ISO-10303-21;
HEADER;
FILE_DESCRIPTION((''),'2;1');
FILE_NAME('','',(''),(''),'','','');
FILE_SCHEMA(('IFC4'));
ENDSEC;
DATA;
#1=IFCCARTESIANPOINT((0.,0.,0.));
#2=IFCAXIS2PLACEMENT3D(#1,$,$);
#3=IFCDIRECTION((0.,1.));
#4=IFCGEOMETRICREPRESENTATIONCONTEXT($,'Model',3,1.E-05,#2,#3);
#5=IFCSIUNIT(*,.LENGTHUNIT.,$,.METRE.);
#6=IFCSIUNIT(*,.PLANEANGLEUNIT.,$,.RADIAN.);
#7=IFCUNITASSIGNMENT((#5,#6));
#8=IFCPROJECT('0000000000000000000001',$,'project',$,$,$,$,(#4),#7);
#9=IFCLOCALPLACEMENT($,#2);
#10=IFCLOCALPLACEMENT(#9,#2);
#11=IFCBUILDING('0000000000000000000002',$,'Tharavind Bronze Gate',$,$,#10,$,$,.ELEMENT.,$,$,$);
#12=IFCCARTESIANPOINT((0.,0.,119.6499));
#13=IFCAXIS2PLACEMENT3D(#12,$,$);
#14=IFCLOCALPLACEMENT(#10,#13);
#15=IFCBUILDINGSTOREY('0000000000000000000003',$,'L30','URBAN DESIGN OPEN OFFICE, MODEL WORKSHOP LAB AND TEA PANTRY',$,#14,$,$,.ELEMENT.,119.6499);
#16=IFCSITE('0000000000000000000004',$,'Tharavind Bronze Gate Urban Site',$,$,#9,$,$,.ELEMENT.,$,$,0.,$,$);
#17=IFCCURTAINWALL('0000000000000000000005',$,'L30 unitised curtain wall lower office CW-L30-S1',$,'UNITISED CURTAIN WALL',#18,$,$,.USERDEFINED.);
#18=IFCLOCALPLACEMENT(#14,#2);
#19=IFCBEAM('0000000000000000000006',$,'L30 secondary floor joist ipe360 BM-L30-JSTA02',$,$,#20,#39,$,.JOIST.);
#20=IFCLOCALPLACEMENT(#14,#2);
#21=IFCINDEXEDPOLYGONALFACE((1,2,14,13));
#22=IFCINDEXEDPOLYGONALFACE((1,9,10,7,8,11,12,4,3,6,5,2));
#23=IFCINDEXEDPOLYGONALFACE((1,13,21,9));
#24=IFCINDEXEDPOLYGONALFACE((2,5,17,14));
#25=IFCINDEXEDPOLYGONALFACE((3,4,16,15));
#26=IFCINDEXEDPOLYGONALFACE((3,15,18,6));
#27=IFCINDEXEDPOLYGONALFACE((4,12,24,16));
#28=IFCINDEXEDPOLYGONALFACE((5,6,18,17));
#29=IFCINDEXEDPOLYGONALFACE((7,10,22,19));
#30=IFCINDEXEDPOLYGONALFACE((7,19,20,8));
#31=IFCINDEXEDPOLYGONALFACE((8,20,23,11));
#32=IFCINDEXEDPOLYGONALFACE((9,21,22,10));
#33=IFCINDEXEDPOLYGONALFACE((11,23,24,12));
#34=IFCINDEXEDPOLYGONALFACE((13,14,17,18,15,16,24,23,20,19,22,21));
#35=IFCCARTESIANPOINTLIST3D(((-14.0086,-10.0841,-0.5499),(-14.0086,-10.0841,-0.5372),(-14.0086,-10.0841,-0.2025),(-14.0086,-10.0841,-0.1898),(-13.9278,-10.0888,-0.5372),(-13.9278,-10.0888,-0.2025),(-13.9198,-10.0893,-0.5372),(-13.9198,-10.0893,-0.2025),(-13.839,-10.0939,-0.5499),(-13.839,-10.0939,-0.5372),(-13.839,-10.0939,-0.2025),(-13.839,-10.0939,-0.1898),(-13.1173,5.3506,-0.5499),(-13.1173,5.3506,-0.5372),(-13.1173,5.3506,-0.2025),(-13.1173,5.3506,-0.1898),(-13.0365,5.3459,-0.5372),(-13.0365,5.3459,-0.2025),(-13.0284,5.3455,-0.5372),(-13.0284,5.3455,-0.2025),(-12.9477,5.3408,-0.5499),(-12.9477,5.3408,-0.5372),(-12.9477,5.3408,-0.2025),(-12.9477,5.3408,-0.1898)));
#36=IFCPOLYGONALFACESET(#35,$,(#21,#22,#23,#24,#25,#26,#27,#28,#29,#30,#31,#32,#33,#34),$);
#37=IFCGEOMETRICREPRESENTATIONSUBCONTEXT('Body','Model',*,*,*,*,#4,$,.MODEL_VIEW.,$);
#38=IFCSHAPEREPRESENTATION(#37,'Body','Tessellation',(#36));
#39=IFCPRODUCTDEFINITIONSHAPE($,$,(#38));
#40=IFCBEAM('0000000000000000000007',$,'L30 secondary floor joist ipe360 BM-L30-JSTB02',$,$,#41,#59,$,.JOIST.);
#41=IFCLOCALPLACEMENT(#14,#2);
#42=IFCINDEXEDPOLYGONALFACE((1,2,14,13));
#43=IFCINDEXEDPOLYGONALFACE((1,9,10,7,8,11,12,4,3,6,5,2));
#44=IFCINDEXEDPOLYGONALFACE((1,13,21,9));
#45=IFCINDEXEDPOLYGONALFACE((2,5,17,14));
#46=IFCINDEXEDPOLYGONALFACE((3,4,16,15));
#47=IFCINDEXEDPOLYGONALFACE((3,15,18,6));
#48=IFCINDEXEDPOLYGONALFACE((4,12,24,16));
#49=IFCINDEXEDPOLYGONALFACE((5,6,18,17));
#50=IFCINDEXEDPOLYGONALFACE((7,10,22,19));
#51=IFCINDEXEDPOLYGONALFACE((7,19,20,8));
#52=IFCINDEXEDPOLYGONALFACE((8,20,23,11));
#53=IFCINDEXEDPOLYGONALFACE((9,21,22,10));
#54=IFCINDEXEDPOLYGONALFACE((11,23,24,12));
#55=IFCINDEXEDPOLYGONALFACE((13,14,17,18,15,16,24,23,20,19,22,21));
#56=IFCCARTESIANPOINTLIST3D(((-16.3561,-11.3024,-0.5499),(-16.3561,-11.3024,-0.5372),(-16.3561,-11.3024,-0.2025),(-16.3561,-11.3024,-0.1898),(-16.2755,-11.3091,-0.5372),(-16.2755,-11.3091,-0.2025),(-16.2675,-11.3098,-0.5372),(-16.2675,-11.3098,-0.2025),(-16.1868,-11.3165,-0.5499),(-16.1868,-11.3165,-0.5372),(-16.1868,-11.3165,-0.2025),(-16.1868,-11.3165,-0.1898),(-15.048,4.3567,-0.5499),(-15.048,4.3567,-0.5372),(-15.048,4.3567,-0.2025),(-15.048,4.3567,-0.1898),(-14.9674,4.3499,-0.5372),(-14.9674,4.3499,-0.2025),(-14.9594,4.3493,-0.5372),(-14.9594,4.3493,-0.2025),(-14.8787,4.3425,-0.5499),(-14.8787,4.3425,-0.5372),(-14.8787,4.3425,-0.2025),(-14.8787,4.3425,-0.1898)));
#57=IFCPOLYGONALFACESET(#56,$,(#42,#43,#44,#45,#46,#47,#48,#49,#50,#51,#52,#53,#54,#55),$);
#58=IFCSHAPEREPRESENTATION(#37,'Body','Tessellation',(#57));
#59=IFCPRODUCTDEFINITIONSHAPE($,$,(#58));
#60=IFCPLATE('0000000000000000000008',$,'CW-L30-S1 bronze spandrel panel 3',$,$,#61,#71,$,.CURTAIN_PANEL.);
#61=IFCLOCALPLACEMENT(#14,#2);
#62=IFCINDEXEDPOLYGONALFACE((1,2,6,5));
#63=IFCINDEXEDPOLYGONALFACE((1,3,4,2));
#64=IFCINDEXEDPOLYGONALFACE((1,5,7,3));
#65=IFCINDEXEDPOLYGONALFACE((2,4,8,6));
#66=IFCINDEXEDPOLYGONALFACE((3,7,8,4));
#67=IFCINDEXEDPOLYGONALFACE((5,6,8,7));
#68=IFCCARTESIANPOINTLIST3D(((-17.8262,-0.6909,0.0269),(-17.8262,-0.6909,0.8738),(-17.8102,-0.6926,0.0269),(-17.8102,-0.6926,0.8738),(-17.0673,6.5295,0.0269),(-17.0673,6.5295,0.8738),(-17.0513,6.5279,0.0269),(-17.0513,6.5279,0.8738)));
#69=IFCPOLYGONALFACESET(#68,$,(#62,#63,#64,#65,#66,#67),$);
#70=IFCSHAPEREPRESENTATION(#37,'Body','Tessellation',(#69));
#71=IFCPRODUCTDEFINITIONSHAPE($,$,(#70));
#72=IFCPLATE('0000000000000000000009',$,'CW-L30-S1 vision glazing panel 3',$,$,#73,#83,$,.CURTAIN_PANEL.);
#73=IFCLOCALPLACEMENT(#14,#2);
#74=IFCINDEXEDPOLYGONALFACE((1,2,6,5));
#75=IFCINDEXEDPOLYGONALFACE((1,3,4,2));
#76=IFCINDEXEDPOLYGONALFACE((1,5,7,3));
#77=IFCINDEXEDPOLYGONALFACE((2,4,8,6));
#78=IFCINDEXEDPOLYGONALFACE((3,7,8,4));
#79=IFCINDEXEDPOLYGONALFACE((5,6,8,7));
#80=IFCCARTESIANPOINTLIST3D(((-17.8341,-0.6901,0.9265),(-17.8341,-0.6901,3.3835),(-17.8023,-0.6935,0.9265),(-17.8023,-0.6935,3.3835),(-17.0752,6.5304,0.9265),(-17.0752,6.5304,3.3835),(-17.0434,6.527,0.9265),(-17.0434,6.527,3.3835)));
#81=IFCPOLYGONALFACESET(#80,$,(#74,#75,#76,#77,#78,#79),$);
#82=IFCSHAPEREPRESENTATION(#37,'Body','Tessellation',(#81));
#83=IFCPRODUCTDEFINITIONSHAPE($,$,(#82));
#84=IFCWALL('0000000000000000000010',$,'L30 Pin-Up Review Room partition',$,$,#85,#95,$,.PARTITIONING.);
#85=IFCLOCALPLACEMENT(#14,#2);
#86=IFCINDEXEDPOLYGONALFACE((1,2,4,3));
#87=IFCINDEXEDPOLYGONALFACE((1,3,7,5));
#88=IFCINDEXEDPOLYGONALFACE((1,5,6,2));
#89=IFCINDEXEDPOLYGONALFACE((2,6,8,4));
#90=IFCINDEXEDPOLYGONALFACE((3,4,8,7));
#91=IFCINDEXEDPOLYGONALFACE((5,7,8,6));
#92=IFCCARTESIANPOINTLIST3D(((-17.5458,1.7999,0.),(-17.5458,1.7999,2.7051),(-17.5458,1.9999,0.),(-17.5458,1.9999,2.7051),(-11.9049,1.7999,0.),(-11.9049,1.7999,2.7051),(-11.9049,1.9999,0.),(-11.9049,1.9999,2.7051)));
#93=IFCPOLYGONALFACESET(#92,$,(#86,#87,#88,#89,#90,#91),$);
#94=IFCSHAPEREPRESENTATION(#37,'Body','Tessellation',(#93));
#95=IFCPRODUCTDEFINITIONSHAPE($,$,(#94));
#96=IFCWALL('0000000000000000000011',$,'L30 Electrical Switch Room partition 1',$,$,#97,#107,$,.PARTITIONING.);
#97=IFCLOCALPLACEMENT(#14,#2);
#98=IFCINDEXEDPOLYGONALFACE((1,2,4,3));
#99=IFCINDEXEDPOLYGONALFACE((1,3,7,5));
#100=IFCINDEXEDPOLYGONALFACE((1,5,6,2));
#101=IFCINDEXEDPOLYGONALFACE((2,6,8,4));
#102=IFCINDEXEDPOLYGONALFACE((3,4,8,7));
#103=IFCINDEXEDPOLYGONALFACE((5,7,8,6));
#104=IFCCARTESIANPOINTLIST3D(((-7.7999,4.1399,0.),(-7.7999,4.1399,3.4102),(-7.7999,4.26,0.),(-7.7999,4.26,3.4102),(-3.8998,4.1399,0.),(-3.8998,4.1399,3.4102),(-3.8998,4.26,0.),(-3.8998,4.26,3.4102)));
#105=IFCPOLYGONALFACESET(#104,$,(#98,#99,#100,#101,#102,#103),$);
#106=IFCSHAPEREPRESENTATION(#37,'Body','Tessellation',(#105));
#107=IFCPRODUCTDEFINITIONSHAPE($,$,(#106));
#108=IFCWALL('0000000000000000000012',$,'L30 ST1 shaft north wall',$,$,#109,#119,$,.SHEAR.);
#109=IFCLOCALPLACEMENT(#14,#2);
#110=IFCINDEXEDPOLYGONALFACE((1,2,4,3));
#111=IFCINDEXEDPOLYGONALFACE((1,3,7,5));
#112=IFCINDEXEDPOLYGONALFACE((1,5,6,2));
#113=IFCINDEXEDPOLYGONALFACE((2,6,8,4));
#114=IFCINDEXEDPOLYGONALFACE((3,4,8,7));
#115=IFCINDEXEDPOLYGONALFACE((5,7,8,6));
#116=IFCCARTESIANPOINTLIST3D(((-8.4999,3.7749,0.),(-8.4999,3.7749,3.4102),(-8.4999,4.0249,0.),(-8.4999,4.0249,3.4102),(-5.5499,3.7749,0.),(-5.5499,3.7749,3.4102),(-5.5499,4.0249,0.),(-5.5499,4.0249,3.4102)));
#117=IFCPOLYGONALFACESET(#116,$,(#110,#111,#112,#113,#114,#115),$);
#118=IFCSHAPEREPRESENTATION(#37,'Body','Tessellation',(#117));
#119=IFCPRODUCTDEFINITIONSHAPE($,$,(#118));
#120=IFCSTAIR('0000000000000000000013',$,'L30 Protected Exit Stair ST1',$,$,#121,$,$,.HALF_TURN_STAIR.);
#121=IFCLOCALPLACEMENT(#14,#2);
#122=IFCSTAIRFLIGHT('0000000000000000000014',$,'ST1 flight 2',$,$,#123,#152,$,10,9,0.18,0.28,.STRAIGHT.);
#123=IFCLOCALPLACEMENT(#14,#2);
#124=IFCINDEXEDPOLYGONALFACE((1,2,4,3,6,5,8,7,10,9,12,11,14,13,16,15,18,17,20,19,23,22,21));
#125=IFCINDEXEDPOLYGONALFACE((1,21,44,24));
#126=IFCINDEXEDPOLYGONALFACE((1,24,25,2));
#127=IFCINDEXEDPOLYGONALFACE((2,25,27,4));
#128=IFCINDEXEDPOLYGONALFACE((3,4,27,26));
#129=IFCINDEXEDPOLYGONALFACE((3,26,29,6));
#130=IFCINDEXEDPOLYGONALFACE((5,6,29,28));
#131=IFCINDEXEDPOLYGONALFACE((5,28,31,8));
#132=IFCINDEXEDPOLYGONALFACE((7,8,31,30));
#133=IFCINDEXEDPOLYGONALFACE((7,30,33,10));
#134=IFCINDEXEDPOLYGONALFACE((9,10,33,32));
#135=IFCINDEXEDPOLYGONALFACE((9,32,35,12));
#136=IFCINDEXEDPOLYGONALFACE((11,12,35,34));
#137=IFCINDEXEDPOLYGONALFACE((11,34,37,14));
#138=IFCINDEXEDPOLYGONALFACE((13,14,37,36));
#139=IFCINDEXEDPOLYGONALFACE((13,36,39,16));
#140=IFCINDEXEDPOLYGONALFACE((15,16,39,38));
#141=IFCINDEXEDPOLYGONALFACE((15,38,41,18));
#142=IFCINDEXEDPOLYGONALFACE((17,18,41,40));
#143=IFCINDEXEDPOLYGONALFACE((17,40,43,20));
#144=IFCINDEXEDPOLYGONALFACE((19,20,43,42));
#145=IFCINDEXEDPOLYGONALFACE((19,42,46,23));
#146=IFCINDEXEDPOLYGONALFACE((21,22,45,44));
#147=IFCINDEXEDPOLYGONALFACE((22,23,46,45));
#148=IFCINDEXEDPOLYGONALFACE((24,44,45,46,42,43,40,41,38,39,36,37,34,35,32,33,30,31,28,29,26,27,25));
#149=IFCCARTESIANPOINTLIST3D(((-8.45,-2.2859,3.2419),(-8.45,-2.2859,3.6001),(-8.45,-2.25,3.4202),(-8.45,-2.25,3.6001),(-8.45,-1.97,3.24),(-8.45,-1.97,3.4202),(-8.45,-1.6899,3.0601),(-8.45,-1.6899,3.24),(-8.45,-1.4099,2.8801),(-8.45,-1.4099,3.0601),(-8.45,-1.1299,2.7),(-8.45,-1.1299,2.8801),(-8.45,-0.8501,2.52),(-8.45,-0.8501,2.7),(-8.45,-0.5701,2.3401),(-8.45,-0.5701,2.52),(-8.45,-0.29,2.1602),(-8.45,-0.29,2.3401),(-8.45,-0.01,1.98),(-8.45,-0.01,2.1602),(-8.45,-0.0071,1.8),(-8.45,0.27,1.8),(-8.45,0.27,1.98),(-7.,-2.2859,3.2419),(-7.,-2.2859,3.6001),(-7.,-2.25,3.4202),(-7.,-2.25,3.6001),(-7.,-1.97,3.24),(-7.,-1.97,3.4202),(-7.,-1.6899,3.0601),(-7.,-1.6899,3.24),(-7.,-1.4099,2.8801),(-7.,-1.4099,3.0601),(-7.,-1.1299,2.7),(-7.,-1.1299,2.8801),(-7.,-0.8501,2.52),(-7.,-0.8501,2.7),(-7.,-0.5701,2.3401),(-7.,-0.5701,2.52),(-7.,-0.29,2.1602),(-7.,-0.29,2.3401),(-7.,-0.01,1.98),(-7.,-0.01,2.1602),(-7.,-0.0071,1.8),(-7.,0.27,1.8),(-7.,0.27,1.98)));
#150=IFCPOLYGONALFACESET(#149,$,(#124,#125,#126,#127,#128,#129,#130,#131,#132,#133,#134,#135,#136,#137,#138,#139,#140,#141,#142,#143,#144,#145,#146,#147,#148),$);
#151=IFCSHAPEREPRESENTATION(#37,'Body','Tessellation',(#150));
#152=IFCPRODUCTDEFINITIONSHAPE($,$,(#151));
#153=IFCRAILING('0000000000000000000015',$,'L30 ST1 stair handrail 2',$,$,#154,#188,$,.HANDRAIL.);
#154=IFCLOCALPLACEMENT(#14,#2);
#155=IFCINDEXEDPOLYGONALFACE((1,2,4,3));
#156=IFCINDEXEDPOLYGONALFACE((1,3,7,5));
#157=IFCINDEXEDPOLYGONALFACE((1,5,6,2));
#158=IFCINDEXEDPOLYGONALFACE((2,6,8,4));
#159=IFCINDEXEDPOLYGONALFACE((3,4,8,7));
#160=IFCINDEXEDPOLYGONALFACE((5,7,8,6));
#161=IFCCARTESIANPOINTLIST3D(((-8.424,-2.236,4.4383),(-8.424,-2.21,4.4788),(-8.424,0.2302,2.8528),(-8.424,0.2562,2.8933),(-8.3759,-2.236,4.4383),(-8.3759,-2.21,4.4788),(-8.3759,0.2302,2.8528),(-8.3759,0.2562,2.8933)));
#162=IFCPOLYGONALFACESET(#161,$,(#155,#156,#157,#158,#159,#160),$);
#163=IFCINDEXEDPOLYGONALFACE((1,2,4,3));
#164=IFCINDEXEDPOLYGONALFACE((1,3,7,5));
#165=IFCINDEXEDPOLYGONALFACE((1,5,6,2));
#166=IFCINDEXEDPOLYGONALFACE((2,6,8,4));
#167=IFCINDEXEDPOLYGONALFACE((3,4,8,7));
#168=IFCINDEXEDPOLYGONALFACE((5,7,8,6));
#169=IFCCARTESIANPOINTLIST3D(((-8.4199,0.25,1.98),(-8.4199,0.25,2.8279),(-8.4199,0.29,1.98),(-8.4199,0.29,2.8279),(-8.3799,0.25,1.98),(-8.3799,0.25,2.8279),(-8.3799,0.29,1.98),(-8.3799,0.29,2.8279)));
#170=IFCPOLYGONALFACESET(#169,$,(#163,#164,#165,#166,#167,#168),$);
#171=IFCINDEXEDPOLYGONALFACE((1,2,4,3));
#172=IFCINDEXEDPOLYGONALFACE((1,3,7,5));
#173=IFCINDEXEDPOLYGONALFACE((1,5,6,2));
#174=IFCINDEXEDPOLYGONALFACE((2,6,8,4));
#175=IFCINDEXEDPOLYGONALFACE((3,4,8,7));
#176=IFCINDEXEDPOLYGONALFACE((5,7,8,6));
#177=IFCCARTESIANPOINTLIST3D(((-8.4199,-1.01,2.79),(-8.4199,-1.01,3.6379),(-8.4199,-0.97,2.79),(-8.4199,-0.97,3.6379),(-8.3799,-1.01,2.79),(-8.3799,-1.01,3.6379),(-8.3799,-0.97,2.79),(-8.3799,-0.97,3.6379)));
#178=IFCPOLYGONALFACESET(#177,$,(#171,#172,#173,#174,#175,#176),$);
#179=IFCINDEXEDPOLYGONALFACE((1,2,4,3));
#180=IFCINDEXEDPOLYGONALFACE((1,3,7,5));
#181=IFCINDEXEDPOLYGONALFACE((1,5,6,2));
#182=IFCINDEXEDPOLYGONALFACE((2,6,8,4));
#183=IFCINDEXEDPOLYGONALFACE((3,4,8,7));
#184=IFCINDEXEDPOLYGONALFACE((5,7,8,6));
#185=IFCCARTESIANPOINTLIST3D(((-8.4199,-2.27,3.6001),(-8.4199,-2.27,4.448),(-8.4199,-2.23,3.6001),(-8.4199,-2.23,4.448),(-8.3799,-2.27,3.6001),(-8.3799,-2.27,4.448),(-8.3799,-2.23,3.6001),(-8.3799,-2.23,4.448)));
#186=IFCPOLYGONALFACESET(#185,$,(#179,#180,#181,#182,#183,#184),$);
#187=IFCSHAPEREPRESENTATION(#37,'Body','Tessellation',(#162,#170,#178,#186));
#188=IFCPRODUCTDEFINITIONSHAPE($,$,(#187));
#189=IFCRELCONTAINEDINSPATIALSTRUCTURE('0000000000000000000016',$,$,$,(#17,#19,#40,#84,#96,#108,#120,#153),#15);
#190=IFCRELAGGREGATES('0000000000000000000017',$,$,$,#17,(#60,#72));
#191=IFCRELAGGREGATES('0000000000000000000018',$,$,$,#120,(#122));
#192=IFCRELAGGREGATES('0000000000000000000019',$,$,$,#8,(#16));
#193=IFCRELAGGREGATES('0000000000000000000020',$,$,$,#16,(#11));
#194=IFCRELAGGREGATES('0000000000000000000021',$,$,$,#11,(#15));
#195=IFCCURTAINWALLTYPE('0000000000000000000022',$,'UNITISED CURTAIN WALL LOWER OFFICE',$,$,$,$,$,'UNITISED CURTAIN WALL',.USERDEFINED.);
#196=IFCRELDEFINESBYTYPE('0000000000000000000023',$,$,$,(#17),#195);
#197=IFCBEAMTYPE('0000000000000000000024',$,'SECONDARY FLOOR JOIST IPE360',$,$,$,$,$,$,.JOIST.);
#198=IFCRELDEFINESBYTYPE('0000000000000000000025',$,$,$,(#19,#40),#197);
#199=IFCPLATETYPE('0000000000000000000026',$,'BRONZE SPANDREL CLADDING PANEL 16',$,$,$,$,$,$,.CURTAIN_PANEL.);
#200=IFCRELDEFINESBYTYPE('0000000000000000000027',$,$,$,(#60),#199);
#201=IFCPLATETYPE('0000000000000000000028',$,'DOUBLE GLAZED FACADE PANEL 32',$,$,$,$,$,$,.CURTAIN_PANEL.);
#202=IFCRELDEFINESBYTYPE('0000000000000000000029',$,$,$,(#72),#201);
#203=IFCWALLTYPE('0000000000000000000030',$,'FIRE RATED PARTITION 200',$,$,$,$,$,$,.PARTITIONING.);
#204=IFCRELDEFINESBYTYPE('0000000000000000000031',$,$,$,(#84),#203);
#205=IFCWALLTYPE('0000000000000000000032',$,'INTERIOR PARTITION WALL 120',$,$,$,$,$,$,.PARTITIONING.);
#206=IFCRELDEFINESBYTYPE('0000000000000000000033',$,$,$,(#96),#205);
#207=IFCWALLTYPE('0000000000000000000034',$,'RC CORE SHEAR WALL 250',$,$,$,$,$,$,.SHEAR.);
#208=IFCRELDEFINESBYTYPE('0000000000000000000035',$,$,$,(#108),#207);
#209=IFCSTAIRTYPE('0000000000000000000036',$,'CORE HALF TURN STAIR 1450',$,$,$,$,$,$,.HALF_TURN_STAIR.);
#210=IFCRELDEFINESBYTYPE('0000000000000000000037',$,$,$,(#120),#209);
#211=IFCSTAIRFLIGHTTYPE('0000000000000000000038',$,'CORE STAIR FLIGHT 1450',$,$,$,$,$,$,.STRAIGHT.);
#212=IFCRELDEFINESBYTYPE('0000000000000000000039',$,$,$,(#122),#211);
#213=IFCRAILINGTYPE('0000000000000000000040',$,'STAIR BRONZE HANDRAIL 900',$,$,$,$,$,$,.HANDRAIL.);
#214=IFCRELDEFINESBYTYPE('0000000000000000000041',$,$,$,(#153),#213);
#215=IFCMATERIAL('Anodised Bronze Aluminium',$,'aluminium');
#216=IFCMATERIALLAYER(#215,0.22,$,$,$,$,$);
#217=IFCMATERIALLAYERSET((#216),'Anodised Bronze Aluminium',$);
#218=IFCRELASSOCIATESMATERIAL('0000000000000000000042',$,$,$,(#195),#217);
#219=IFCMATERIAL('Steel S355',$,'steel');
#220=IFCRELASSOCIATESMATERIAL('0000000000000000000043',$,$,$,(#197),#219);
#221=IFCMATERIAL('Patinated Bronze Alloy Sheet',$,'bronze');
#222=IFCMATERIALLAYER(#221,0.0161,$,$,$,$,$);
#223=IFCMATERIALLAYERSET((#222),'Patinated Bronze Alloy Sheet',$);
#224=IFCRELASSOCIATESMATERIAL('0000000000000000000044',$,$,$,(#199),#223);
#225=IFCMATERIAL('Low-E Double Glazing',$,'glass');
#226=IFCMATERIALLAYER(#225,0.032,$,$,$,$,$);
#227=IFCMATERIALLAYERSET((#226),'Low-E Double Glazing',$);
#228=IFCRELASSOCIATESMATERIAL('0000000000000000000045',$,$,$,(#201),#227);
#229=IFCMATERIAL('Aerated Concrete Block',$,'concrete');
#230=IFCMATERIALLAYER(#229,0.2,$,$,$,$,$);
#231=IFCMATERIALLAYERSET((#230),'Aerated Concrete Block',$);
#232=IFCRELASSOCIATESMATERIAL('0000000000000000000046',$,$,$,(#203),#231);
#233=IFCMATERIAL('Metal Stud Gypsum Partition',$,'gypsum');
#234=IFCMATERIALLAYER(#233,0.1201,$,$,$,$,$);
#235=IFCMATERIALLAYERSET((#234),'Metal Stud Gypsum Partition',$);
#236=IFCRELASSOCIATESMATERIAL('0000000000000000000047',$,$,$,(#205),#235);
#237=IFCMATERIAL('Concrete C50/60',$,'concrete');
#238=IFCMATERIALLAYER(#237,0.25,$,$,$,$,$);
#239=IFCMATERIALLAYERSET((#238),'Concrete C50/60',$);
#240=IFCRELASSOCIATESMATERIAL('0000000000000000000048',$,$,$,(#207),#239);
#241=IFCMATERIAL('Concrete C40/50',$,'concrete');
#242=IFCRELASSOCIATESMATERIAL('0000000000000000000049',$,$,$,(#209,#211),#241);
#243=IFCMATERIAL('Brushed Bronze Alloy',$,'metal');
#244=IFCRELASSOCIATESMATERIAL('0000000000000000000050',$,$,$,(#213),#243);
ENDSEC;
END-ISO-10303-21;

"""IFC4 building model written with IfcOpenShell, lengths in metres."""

from ifc_helpers import new_model, si_unit, direction, frame, frame_2d, origin, origin_2d, place, context, subcontext, project, spatial, polyline, rectangle, i_section, outline, extrude, material, layer, layer_set, material_profile, profile_set, type_object, element, aggregate, save


model = new_model("IFC4")

# Units and contexts
model_context = context("Model", 3, precision=1e-05, world=origin(), true_north=direction((0.0, 1.0)))
body_context = subcontext(model_context, "Body", "Model", "MODEL_VIEW")
ifc_project = project(units=[si_unit("LENGTHUNIT", "METRE"), si_unit("PLANEANGLEUNIT", "RADIAN")], contexts=[model_context])

# Site, building, storey
site_placement = place(None, origin())
site = spatial("IfcSite", under=ifc_project, at=site_placement, Name="Tharavind Bronze Gate Urban Site", CompositionType="ELEMENT", RefElevation=0.0)
building_placement = place(site_placement, origin())
building = spatial("IfcBuilding", under=site, at=building_placement, Name="Tharavind Bronze Gate", CompositionType="ELEMENT")
storey_placement = place(building_placement, frame((0.0, 0.0, 119.6499)))
storey = spatial("IfcBuildingStorey", under=building, at=storey_placement, Name="L30", Description="URBAN DESIGN OPEN OFFICE, MODEL WORKSHOP LAB AND TEA PANTRY", CompositionType="ELEMENT", Elevation=119.6499)

# Curtain wall
ifc_material_1 = material(Name="Anodised Bronze Aluminium", Category="aluminium")
ifc_layer_1 = layer(ifc_material_1, 0.22)
ifc_layer_set_1 = layer_set([ifc_layer_1], Name="Anodised Bronze Aluminium")
curtain_wall_type = type_object("IfcCurtainWallType", Name="UNITISED CURTAIN WALL LOWER OFFICE", ElementType="UNITISED CURTAIN WALL", PredefinedType="USERDEFINED", material=ifc_layer_set_1)
curtain_wall_placement = place(storey_placement, origin())
curtain_wall = element("IfcCurtainWall", 1, at=curtain_wall_placement, inside=storey, type_object=curtain_wall_type, Name="L30 unitised curtain wall lower office CW-L30-S1", ObjectType="UNITISED CURTAIN WALL", PredefinedType="USERDEFINED")

# Beams
ifc_material_2 = material(Name="Steel S355", Category="steel")
ifc_material_profile_1 = material_profile(ifc_material_2, i_section(OverallWidth=0.1699, OverallDepth=0.3601, WebThickness=0.0081, FlangeThickness=0.0127, at=origin_2d()), Name="IPE360")
ifc_profile_set_1 = profile_set([ifc_material_profile_1], Name="Steel S355")
beam_type_1 = type_object("IfcBeamType", Name="SECONDARY FLOOR JOIST IPE360", PredefinedType="JOIST", material=ifc_profile_set_1)
beam_1_placement = place(storey_placement, frame((-13.0325, 5.3457, -0.3699), z_axis=(-0.057654, -0.998337, 0.0), x_axis=(0.998337, -0.057654, 0.0)))
element("IfcBeam", 2, at=beam_1_placement, inside=storey, type_object=beam_type_1, Name="L30 secondary floor joist ipe360 BM-L30-JSTA02", PredefinedType="JOIST", context=body_context, shape_type="SweptSolid", body=[
    extrude(i_section(OverallWidth=0.1699, OverallDepth=0.3601, WebThickness=0.0081, FlangeThickness=0.0127, at=origin_2d()), origin(), (0.0, 0.0, 1.0), 15.4604),
])
beam_2_placement = place(storey_placement, frame((-14.9634, 4.3496, -0.3699), z_axis=(-0.083246, -0.996529, 0.0), x_axis=(0.996529, -0.083246, 0.0)))
element("IfcBeam", 3, at=beam_2_placement, inside=storey, type_object=beam_type_1, Name="L30 secondary floor joist ipe360 BM-L30-JSTB02", PredefinedType="JOIST", context=body_context, shape_type="SweptSolid", body=[
    extrude(i_section(OverallWidth=0.1699, OverallDepth=0.3601, WebThickness=0.0081, FlangeThickness=0.0127, at=origin_2d()), origin(), (0.0, 0.0, 1.0), 15.7136),
])

# Plates
ifc_material_3 = material(Name="Patinated Bronze Alloy Sheet", Category="bronze")
ifc_layer_2 = layer(ifc_material_3, 0.0161)
ifc_layer_set_2 = layer_set([ifc_layer_2], Name="Patinated Bronze Alloy Sheet")
plate_type_1 = type_object("IfcPlateType", Name="BRONZE SPANDREL CLADDING PANEL 16", PredefinedType="CURTAIN_PANEL", material=ifc_layer_set_2)
plate_1_placement = place(storey_placement, frame((-17.4387, 2.9185, 0.0269), z_axis=(0.0, 0.0, 1.0), x_axis=(-0.104527, -0.994522, 0.0)))
plate_1 = element("IfcPlate", 4, at=plate_1_placement, type_object=plate_type_1, Name="CW-L30-S1 bronze spandrel panel 3", PredefinedType="CURTAIN_PANEL", context=body_context, shape_type="SweptSolid", body=[
    extrude(rectangle(XDim=7.2603, YDim=0.0161, at=origin_2d()), origin(), (0.0, 0.0, 1.0), 0.8469),
])
ifc_material_4 = material(Name="Low-E Double Glazing", Category="glass")
ifc_layer_3 = layer(ifc_material_4, 0.032)
ifc_layer_set_3 = layer_set([ifc_layer_3], Name="Low-E Double Glazing")
plate_type_2 = type_object("IfcPlateType", Name="DOUBLE GLAZED FACADE PANEL 32", PredefinedType="CURTAIN_PANEL", material=ifc_layer_set_3)
plate_2_placement = place(storey_placement, frame((-17.4387, 2.9185, 0.9265), z_axis=(0.0, 0.0, 1.0), x_axis=(-0.104527, -0.994522, 0.0)))
plate_2 = element("IfcPlate", 5, at=plate_2_placement, type_object=plate_type_2, Name="CW-L30-S1 vision glazing panel 3", PredefinedType="CURTAIN_PANEL", context=body_context, shape_type="SweptSolid", body=[
    extrude(rectangle(XDim=7.2603, YDim=0.032, at=origin_2d()), origin(), (0.0, 0.0, 1.0), 2.457),
])
aggregate(curtain_wall, [plate_1, plate_2])

# Walls
ifc_material_5 = material(Name="Aerated Concrete Block", Category="concrete")
ifc_layer_4 = layer(ifc_material_5, 0.2)
ifc_layer_set_4 = layer_set([ifc_layer_4], Name="Aerated Concrete Block")
wall_type_1 = type_object("IfcWallType", Name="FIRE RATED PARTITION 200", PredefinedType="PARTITIONING", material=ifc_layer_set_4)
wall_1_placement = place(storey_placement, frame((-11.905, 1.8999, 0.0), z_axis=(0.0, 0.0, 1.0), x_axis=(-1.0, 0.0, 0.0)))
element("IfcWall", 6, at=wall_1_placement, inside=storey, type_object=wall_type_1, Name="L30 Pin-Up Review Room partition", PredefinedType="PARTITIONING", context=body_context, shape_type="SweptSolid", body=[
    extrude(rectangle(XDim=5.6409, YDim=0.2, at=frame_2d((2.8203, 0.0))), origin(), (0.0, 0.0, 1.0), 2.7051),
])
ifc_material_6 = material(Name="Metal Stud Gypsum Partition", Category="gypsum")
ifc_layer_5 = layer(ifc_material_6, 0.1201)
ifc_layer_set_5 = layer_set([ifc_layer_5], Name="Metal Stud Gypsum Partition")
wall_type_2 = type_object("IfcWallType", Name="INTERIOR PARTITION WALL 120", PredefinedType="PARTITIONING", material=ifc_layer_set_5)
wall_2_placement = place(storey_placement, frame((-7.8, 4.2, 0.0), z_axis=(0.0, 0.0, 1.0), x_axis=(1.0, 0.0, 0.0)))
element("IfcWall", 7, at=wall_2_placement, inside=storey, type_object=wall_type_2, Name="L30 Electrical Switch Room partition 1", PredefinedType="PARTITIONING", context=body_context, shape_type="SweptSolid", body=[
    extrude(rectangle(XDim=3.9001, YDim=0.1201, at=frame_2d((1.9502, 0.0))), origin(), (0.0, 0.0, 1.0), 3.4102),
])
ifc_material_7 = material(Name="Concrete C50/60", Category="concrete")
ifc_layer_6 = layer(ifc_material_7, 0.25)
ifc_layer_set_6 = layer_set([ifc_layer_6], Name="Concrete C50/60")
wall_type_3 = type_object("IfcWallType", Name="RC CORE SHEAR WALL 250", PredefinedType="SHEAR", material=ifc_layer_set_6)
wall_3_placement = place(storey_placement, frame((-8.5, 3.8999, 0.0), z_axis=(0.0, 0.0, 1.0), x_axis=(1.0, 0.0, 0.0)))
element("IfcWall", 8, at=wall_3_placement, inside=storey, type_object=wall_type_3, Name="L30 ST1 shaft north wall", PredefinedType="SHEAR", context=body_context, shape_type="SweptSolid", body=[
    extrude(rectangle(XDim=2.95, YDim=0.25, at=frame_2d((1.4751, 0.0))), origin(), (0.0, 0.0, 1.0), 3.4102),
])

# Stair, stair flight
ifc_material_8 = material(Name="Concrete C40/50", Category="concrete")
stair_type = type_object("IfcStairType", Name="CORE HALF TURN STAIR 1450", PredefinedType="HALF_TURN_STAIR", material=ifc_material_8)
stair_placement = place(storey_placement, origin())
stair = element("IfcStair", 9, at=stair_placement, inside=storey, type_object=stair_type, Name="L30 Protected Exit Stair ST1", PredefinedType="HALF_TURN_STAIR")
stair_flight_type = type_object("IfcStairFlightType", Name="CORE STAIR FLIGHT 1450", PredefinedType="STRAIGHT", material=ifc_material_8)
stair_flight_placement = place(storey_placement, frame((-7.7251, 0.27, 1.8), z_axis=(0.0, 0.0, 1.0), x_axis=(0.0, -1.0, 0.0)))
stair_flight = element("IfcStairFlight", 10, at=stair_flight_placement, type_object=stair_flight_type, Name="ST1 flight 2", NumberOfRisers=10, NumberOfTreads=9, PredefinedType="STRAIGHT", RiserHeight=0.18, TreadLength=0.28, context=body_context, shape_type="SweptSolid", body=[
    extrude(outline(polyline([(0.0, 0.0), (0.0, 0.1799), (0.28, 0.1799), (0.28, 0.3601), (0.5601, 0.3601), (0.5601, 0.54), (0.8401, 0.54), (0.8401, 0.72), (1.1201, 0.72), (1.1201, 0.8999), (1.3999, 0.8999), (1.3999, 1.0801), (1.6799, 1.0801), (1.6799, 1.26), (1.96, 1.26), (1.96, 1.4399), (2.24, 1.4399), (2.24, 1.6201), (2.52, 1.6201), (2.52, 1.8), (2.5559, 1.8), (2.5559, 1.4419), (0.2771, 0.0), (0.0, 0.0)])), frame((0.0, 0.7251, 0.0), z_axis=(0.0, -1.0, 0.0), x_axis=(1.0, 0.0, 0.0)), (0.0, 0.0, 1.0), 1.45),
])
aggregate(stair, [stair_flight])

# Railing
ifc_material_9 = material(Name="Brushed Bronze Alloy", Category="metal")
railing_type_1 = type_object("IfcRailingType", Name="STAIR BRONZE HANDRAIL 900", PredefinedType="HANDRAIL", material=ifc_material_9)
railing_1_placement = place(storey_placement, frame((-8.3999, 0.27, 1.98)))
element("IfcRailing", 11, at=railing_1_placement, inside=storey, type_object=railing_type_1, Name="L30 ST1 stair handrail 2", PredefinedType="HANDRAIL", context=body_context, shape_type="SweptSolid", body=[
    extrude(rectangle(XDim=0.0481, YDim=0.0481, at=origin_2d()), frame((0.0, -0.0269, 0.8931), z_axis=(0.0, -0.841163, 0.540782), x_axis=(1.0, 0.0, 0.0)), (0.0, 0.0, 1.0), 2.9319),
    extrude(rectangle(XDim=0.04, YDim=0.04, at=origin_2d()), origin(), (0.0, 0.0, 1.0), 0.8479),
    extrude(rectangle(XDim=0.04, YDim=0.04, at=origin_2d()), frame((0.0, -1.26, 0.8101)), (0.0, 0.0, 1.0), 0.8479),
    extrude(rectangle(XDim=0.04, YDim=0.04, at=origin_2d()), frame((0.0, -2.52, 1.6201)), (0.0, 0.0, 1.0), 0.8479),
])

save(model, "model.ifc")
